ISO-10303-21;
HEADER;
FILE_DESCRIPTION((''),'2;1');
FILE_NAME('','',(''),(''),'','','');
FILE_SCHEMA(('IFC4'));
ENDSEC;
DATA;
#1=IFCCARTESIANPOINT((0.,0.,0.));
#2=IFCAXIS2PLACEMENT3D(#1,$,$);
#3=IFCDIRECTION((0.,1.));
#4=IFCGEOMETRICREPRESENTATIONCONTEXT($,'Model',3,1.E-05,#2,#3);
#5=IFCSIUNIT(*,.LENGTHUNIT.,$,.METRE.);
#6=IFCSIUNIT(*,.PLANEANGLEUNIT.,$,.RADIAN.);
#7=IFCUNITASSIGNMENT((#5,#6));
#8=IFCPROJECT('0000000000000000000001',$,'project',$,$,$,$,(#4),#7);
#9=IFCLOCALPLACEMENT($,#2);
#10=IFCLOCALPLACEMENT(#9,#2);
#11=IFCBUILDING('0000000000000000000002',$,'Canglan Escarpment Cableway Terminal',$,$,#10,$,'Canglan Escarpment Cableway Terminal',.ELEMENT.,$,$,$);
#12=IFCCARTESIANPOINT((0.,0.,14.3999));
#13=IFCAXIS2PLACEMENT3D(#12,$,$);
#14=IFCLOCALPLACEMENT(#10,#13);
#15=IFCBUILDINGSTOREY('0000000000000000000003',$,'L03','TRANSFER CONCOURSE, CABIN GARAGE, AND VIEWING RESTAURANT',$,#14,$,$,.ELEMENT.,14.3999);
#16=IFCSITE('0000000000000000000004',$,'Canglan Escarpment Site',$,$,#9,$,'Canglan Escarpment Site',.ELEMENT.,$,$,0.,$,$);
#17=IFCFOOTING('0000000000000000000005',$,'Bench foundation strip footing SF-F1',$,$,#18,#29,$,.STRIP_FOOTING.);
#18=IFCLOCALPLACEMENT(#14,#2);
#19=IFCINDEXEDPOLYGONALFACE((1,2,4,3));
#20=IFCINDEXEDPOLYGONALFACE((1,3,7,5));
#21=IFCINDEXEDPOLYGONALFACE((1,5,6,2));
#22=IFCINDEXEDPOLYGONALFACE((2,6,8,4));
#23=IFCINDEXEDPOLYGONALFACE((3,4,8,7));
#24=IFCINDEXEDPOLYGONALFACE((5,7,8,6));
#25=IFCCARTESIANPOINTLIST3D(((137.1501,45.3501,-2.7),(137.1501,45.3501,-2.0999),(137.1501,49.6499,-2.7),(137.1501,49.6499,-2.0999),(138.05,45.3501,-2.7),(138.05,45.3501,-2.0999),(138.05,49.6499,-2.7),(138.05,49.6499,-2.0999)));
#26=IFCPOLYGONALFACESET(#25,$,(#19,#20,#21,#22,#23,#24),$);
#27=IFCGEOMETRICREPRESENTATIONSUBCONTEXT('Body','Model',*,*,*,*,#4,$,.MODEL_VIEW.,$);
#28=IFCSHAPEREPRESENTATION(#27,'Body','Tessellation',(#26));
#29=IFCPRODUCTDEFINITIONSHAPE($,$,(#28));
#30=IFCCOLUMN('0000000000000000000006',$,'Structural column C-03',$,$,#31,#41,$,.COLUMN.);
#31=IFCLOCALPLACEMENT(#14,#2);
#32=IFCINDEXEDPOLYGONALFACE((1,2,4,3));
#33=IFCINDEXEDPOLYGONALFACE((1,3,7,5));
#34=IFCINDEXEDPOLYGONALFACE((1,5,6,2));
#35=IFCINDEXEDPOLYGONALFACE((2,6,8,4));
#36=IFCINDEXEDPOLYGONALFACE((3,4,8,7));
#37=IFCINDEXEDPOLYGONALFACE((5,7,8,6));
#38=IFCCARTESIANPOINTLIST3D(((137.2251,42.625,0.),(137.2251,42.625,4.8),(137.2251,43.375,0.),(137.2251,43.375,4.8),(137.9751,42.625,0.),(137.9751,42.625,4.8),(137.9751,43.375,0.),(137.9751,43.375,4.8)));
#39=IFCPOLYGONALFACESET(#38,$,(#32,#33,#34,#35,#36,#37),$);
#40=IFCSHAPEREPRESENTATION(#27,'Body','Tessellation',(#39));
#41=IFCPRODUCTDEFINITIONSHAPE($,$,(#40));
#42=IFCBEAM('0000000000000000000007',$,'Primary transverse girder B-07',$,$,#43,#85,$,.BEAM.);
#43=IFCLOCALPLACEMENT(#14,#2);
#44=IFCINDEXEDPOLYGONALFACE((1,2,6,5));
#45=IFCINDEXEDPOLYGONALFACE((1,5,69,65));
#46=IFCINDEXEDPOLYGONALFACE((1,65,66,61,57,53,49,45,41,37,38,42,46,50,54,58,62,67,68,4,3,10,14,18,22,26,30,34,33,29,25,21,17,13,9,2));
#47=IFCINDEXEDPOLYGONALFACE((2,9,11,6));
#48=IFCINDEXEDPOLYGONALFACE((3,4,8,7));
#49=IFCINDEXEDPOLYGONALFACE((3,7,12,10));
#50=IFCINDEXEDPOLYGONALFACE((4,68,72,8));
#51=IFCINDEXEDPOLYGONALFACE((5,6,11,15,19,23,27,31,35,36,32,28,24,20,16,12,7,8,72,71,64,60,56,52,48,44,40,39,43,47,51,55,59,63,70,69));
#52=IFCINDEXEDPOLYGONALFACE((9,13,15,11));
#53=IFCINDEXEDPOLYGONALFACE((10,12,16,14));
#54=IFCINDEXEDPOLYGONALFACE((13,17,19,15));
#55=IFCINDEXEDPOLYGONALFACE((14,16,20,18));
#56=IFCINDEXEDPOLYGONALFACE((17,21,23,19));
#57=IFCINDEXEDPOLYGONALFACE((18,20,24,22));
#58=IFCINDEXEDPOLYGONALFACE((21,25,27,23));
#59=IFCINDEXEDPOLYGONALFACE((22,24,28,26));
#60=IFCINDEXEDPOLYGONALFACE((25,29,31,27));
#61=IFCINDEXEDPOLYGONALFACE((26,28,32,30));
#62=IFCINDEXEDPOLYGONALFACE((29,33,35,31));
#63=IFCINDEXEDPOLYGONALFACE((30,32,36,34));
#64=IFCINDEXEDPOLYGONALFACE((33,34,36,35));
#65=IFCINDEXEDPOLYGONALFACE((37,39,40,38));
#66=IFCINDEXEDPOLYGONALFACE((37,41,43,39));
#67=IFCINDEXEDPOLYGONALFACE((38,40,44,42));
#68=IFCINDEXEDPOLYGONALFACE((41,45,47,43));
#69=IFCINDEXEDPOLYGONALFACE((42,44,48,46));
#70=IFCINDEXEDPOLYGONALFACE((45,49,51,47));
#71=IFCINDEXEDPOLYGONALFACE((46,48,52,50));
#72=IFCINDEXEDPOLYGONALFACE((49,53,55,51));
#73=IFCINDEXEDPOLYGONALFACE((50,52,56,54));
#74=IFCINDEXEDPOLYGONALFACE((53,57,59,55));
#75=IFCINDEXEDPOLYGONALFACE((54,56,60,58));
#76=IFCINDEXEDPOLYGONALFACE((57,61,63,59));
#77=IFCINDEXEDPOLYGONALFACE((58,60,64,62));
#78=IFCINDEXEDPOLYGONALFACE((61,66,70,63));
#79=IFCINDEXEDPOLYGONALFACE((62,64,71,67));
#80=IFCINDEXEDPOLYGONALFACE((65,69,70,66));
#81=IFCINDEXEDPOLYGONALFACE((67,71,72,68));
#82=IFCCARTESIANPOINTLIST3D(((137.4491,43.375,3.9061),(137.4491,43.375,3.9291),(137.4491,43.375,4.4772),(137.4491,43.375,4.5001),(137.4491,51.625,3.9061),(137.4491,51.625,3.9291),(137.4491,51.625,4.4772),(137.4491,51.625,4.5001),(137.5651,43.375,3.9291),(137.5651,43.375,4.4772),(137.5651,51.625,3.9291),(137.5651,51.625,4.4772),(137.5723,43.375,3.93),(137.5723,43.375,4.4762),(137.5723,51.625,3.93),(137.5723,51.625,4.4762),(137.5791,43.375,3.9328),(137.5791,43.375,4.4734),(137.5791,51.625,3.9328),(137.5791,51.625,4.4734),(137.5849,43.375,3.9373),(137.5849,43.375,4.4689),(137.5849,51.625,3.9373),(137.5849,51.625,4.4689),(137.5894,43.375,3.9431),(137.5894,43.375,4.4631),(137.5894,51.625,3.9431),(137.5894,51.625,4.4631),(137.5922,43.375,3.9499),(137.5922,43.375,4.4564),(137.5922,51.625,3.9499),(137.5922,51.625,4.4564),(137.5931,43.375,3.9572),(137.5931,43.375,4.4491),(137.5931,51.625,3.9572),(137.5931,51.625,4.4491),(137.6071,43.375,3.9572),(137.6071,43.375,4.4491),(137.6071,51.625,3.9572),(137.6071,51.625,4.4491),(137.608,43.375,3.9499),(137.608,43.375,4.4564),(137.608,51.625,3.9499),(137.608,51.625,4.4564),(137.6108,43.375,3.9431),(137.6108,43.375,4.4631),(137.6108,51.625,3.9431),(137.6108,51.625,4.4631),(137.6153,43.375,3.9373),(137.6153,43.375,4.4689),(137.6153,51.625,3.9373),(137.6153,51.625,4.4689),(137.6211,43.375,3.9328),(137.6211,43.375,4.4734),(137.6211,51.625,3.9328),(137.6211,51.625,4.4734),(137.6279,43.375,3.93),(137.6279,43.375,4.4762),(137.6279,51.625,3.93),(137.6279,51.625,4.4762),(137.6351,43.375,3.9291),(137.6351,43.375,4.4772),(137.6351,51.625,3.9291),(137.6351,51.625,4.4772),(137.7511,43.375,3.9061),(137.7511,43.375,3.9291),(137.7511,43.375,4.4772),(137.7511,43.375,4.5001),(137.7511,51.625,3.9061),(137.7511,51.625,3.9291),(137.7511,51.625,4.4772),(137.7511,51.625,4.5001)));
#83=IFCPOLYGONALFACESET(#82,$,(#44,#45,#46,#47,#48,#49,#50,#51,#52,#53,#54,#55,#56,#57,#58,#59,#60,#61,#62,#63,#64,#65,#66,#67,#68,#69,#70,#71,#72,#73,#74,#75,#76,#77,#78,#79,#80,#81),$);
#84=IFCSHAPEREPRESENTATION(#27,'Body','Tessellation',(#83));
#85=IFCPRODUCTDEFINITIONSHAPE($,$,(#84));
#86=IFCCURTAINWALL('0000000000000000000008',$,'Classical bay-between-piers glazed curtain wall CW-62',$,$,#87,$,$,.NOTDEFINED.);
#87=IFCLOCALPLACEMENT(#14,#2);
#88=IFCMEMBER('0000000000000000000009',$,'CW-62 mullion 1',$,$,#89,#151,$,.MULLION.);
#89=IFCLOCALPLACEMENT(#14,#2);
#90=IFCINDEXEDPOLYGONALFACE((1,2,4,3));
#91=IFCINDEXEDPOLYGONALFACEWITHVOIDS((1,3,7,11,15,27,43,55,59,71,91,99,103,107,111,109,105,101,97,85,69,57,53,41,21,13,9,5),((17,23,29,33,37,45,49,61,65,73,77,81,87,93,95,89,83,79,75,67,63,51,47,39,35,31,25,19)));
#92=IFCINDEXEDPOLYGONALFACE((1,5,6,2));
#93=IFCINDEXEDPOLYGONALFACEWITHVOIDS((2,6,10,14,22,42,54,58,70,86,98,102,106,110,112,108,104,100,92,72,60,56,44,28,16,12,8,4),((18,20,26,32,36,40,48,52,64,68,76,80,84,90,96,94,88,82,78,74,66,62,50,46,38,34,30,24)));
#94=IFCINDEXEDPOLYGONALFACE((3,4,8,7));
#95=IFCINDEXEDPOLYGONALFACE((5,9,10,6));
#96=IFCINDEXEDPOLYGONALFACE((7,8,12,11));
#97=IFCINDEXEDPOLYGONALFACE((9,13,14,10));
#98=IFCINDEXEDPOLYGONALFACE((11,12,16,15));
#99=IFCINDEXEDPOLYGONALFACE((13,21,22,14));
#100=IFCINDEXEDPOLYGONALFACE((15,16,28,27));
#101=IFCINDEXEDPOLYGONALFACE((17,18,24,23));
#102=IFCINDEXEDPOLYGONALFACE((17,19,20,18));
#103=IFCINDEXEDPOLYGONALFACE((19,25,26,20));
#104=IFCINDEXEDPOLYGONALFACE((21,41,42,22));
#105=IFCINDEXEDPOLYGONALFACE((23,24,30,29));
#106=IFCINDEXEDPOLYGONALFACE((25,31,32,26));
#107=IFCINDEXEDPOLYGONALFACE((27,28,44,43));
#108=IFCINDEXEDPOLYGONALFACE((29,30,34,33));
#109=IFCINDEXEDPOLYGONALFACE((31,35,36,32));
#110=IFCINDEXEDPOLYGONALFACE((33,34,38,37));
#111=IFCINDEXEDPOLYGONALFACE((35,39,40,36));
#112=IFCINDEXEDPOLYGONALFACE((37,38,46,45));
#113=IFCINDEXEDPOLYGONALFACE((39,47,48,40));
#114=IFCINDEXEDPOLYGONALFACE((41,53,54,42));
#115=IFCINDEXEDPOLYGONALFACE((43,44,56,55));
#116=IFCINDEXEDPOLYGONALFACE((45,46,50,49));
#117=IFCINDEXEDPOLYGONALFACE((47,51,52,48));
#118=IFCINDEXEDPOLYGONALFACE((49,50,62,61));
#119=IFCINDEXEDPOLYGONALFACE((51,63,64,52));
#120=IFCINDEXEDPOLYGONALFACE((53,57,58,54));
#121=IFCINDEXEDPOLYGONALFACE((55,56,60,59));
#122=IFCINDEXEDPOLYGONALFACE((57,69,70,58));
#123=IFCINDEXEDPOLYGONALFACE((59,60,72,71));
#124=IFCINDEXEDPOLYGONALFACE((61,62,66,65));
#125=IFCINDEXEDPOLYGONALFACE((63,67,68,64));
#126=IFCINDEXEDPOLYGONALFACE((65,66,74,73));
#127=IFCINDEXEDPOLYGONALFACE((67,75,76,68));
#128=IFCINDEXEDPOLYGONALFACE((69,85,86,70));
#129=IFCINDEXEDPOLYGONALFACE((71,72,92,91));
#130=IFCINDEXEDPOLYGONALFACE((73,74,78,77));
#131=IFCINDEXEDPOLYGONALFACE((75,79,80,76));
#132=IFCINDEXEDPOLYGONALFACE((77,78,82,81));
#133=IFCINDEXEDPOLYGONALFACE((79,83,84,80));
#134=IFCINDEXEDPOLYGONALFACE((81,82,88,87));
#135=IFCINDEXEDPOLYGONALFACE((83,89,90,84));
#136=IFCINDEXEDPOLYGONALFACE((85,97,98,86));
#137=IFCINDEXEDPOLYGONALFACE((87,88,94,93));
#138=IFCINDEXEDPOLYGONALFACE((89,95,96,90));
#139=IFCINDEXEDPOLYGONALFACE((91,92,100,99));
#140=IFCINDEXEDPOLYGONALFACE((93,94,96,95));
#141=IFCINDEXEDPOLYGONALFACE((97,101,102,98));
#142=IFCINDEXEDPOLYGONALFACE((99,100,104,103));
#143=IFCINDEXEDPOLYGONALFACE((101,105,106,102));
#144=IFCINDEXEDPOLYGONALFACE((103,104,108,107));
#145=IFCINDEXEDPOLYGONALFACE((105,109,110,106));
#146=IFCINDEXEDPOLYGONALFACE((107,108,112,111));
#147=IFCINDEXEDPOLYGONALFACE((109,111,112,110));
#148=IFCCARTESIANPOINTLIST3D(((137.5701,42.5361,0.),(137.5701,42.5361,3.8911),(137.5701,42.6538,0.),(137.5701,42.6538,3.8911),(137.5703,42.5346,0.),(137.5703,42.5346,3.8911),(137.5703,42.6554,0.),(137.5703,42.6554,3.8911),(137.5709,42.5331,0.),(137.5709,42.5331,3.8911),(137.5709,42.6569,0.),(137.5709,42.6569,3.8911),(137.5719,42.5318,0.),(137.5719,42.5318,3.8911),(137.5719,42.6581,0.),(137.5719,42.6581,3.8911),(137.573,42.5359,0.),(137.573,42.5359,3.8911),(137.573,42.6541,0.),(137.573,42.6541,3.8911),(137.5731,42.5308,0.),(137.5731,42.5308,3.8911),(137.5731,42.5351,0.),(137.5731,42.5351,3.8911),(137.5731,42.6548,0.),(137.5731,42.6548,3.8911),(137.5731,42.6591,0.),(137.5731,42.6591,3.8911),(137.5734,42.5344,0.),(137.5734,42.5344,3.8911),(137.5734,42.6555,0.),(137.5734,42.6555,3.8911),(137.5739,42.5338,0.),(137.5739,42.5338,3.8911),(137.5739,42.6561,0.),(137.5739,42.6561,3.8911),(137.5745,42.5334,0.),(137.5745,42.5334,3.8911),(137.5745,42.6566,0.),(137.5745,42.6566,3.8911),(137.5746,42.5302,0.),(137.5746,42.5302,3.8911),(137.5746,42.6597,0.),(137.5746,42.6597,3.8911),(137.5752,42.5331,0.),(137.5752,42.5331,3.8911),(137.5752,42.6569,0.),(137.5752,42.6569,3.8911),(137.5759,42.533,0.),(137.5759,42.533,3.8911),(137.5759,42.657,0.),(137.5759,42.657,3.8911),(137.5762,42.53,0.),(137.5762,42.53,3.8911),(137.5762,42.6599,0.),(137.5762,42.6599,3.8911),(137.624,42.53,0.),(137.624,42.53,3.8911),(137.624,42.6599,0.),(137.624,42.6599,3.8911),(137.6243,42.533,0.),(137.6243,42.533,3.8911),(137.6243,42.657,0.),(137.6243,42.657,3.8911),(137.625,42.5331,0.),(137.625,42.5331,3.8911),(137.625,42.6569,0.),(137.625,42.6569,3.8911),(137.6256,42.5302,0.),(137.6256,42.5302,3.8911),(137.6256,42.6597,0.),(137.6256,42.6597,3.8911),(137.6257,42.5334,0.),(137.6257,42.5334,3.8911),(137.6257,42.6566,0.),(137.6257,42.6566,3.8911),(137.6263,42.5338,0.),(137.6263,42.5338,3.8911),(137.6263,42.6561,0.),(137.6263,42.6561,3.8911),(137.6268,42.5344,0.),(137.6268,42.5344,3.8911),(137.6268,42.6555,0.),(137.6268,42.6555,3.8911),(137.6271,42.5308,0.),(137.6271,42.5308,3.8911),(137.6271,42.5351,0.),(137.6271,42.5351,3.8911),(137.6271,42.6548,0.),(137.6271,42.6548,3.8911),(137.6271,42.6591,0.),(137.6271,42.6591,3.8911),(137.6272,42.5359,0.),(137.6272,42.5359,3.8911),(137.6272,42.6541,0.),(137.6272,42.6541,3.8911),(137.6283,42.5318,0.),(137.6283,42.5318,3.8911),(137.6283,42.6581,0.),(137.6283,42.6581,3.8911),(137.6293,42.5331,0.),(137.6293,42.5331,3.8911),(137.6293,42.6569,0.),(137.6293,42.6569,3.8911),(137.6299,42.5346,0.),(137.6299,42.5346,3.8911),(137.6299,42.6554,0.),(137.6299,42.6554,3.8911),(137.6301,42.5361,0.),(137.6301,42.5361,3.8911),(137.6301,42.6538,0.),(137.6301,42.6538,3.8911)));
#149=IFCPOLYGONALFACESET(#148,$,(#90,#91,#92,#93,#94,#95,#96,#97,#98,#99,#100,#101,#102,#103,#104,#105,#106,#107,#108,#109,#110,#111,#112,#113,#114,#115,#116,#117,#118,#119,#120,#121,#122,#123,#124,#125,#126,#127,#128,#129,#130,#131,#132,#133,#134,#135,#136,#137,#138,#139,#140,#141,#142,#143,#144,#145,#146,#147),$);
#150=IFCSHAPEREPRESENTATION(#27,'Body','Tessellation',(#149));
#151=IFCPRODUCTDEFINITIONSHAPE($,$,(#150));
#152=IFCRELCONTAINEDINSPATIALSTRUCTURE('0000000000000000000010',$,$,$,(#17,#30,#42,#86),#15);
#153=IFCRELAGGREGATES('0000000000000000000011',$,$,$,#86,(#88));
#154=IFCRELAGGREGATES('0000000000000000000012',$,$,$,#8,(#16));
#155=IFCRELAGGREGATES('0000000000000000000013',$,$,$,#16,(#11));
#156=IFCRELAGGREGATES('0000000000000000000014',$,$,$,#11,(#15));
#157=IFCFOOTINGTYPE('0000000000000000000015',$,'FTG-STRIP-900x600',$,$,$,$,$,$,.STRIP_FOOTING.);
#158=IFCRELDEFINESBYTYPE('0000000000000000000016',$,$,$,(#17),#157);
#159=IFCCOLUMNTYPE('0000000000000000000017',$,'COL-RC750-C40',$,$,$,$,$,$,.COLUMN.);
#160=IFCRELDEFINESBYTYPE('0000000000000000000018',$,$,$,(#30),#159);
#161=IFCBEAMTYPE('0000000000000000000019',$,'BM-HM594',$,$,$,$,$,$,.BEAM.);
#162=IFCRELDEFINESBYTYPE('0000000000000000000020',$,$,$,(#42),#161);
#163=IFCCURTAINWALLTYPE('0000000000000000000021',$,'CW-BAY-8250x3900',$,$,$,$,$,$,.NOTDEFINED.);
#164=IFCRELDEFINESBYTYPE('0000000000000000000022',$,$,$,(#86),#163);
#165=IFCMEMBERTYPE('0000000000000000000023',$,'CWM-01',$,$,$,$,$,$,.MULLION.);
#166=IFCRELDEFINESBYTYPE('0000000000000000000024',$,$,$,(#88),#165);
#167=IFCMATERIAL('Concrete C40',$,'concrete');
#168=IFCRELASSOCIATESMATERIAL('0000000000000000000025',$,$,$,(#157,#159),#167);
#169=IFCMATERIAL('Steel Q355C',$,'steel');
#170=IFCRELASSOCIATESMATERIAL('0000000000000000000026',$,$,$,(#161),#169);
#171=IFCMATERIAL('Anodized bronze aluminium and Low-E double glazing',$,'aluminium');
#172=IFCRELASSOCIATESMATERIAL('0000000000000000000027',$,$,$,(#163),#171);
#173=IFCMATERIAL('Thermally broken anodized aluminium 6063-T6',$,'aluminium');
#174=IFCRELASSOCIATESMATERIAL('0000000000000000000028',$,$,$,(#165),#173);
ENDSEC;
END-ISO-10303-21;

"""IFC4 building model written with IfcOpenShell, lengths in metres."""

from ifc_helpers import new_model, si_unit, direction, frame, origin, origin_2d, place, context, subcontext, project, spatial, rectangle, hollow_rectangle, i_section, extrude, material, material_profile, profile_set, type_object, element, aggregate, save


model = new_model("IFC4")

# Units and contexts
model_context = context("Model", 3, precision=1e-05, world=origin(), true_north=direction((0.0, 1.0)))
body_context = subcontext(model_context, "Body", "Model", "MODEL_VIEW")
ifc_project = project(units=[si_unit("LENGTHUNIT", "METRE"), si_unit("PLANEANGLEUNIT", "RADIAN")], contexts=[model_context])

# Site, building, storey
site_placement = place(None, origin())
site = spatial("IfcSite", under=ifc_project, at=site_placement, Name="Canglan Escarpment Site", LongName="Canglan Escarpment Site", CompositionType="ELEMENT", RefElevation=0.0)
building_placement = place(site_placement, origin())
building = spatial("IfcBuilding", under=site, at=building_placement, Name="Canglan Escarpment Cableway Terminal", LongName="Canglan Escarpment Cableway Terminal", CompositionType="ELEMENT")
storey_placement = place(building_placement, frame((0.0, 0.0, 14.3999)))
storey = spatial("IfcBuildingStorey", under=building, at=storey_placement, Name="L03", Description="TRANSFER CONCOURSE, CABIN GARAGE, AND VIEWING RESTAURANT", CompositionType="ELEMENT", Elevation=14.3999)

# Footing
ifc_material_1 = material(Name="Concrete C40", Category="concrete")
ifc_material_profile_1 = material_profile(ifc_material_1, rectangle(XDim=0.8999, YDim=0.6001, at=origin_2d()), Name="SF 900x600")
ifc_profile_set_1 = profile_set([ifc_material_profile_1], Name="Concrete C40")
footing_type = type_object("IfcFootingType", Name="FTG-STRIP-900x600", PredefinedType="STRIP_FOOTING", material=ifc_profile_set_1)
footing_placement = place(storey_placement, frame((137.6001, 45.3501, -2.3999), z_axis=(0.0, 1.0, 0.0), x_axis=(-1.0, 0.0, 0.0)))
element("IfcFooting", 1, at=footing_placement, inside=storey, type_object=footing_type, Name="Bench foundation strip footing SF-F1", PredefinedType="STRIP_FOOTING", context=body_context, shape_type="SweptSolid", body=[
    extrude(rectangle(XDim=0.8999, YDim=0.6001, at=origin_2d()), origin(), (0.0, 0.0, 1.0), 4.2998),
])

# Column
ifc_material_profile_2 = material_profile(ifc_material_1, rectangle(XDim=0.75, YDim=0.75, at=origin_2d()), Name="RC 750x750")
ifc_profile_set_2 = profile_set([ifc_material_profile_2], Name="Concrete C40")
column_type = type_object("IfcColumnType", Name="COL-RC750-C40", PredefinedType="COLUMN", material=ifc_profile_set_2)
column_placement = place(storey_placement, frame((137.6001, 43.0, 0.0), z_axis=(0.0, 0.0, 1.0), x_axis=(1.0, 0.0, 0.0)))
element("IfcColumn", 2, at=column_placement, inside=storey, type_object=column_type, Name="Structural column C-03", PredefinedType="COLUMN", context=body_context, shape_type="SweptSolid", body=[
    extrude(rectangle(XDim=0.75, YDim=0.75, at=origin_2d()), origin(), (0.0, 0.0, 1.0), 4.8),
])

# Beam
ifc_material_2 = material(Name="Steel Q355C", Category="steel")
ifc_material_profile_3 = material_profile(ifc_material_2, i_section(OverallWidth=0.302, OverallDepth=0.594, WebThickness=0.0139, FlangeThickness=0.0229, FilletRadius=0.0281, at=origin_2d()), Name="HM 594x302x14x23")
ifc_profile_set_3 = profile_set([ifc_material_profile_3], Name="Steel Q355C")
beam_type = type_object("IfcBeamType", Name="BM-HM594", PredefinedType="BEAM", material=ifc_profile_set_3)
beam_placement = place(storey_placement, frame((137.6001, 43.375, 4.2031), z_axis=(0.0, 1.0, 0.0), x_axis=(-1.0, 0.0, 0.0)))
element("IfcBeam", 3, at=beam_placement, inside=storey, type_object=beam_type, Name="Primary transverse girder B-07", PredefinedType="BEAM", context=body_context, shape_type="SweptSolid", body=[
    extrude(i_section(OverallWidth=0.302, OverallDepth=0.594, WebThickness=0.0139, FlangeThickness=0.0229, FilletRadius=0.0281, at=origin_2d()), origin(), (0.0, 0.0, 1.0), 8.25),
])

# Curtain wall, member
ifc_material_3 = material(Name="Anodized bronze aluminium and Low-E double glazing", Category="aluminium")
curtain_wall_type = type_object("IfcCurtainWallType", Name="CW-BAY-8250x3900", PredefinedType="NOTDEFINED", material=ifc_material_3)
curtain_wall_placement = place(storey_placement, origin())
curtain_wall = element("IfcCurtainWall", 4, at=curtain_wall_placement, inside=storey, type_object=curtain_wall_type, Name="Classical bay-between-piers glazed curtain wall CW-62", PredefinedType="NOTDEFINED")
ifc_material_4 = material(Name="Thermally broken anodized aluminium 6063-T6", Category="aluminium")
ifc_material_profile_4 = material_profile(ifc_material_4, hollow_rectangle(XDim=0.0601, YDim=0.1299, WallThickness=0.0029, InnerFilletRadius=0.0029, OuterFilletRadius=0.0061, at=origin_2d()), Name="ALU-MULL 60x130x3")
ifc_profile_set_4 = profile_set([ifc_material_profile_4], Name="Thermally broken anodized aluminium 6063-T6")
member_type_1 = type_object("IfcMemberType", Name="CWM-01", PredefinedType="MULLION", material=ifc_profile_set_4)
member_1_placement = place(storey_placement, frame((137.6001, 42.595, 0.0), z_axis=(0.0, 0.0, 1.0), x_axis=(1.0, 0.0, 0.0)))
member_1 = element("IfcMember", 5, at=member_1_placement, type_object=member_type_1, Name="CW-62 mullion 1", PredefinedType="MULLION", context=body_context, shape_type="SweptSolid", body=[
    extrude(hollow_rectangle(XDim=0.0601, YDim=0.1299, WallThickness=0.0029, InnerFilletRadius=0.0029, OuterFilletRadius=0.0061, at=origin_2d()), origin(), (0.0, 0.0, 1.0), 3.8911),
])
aggregate(curtain_wall, [member_1])

save(model, "model.ifc")
